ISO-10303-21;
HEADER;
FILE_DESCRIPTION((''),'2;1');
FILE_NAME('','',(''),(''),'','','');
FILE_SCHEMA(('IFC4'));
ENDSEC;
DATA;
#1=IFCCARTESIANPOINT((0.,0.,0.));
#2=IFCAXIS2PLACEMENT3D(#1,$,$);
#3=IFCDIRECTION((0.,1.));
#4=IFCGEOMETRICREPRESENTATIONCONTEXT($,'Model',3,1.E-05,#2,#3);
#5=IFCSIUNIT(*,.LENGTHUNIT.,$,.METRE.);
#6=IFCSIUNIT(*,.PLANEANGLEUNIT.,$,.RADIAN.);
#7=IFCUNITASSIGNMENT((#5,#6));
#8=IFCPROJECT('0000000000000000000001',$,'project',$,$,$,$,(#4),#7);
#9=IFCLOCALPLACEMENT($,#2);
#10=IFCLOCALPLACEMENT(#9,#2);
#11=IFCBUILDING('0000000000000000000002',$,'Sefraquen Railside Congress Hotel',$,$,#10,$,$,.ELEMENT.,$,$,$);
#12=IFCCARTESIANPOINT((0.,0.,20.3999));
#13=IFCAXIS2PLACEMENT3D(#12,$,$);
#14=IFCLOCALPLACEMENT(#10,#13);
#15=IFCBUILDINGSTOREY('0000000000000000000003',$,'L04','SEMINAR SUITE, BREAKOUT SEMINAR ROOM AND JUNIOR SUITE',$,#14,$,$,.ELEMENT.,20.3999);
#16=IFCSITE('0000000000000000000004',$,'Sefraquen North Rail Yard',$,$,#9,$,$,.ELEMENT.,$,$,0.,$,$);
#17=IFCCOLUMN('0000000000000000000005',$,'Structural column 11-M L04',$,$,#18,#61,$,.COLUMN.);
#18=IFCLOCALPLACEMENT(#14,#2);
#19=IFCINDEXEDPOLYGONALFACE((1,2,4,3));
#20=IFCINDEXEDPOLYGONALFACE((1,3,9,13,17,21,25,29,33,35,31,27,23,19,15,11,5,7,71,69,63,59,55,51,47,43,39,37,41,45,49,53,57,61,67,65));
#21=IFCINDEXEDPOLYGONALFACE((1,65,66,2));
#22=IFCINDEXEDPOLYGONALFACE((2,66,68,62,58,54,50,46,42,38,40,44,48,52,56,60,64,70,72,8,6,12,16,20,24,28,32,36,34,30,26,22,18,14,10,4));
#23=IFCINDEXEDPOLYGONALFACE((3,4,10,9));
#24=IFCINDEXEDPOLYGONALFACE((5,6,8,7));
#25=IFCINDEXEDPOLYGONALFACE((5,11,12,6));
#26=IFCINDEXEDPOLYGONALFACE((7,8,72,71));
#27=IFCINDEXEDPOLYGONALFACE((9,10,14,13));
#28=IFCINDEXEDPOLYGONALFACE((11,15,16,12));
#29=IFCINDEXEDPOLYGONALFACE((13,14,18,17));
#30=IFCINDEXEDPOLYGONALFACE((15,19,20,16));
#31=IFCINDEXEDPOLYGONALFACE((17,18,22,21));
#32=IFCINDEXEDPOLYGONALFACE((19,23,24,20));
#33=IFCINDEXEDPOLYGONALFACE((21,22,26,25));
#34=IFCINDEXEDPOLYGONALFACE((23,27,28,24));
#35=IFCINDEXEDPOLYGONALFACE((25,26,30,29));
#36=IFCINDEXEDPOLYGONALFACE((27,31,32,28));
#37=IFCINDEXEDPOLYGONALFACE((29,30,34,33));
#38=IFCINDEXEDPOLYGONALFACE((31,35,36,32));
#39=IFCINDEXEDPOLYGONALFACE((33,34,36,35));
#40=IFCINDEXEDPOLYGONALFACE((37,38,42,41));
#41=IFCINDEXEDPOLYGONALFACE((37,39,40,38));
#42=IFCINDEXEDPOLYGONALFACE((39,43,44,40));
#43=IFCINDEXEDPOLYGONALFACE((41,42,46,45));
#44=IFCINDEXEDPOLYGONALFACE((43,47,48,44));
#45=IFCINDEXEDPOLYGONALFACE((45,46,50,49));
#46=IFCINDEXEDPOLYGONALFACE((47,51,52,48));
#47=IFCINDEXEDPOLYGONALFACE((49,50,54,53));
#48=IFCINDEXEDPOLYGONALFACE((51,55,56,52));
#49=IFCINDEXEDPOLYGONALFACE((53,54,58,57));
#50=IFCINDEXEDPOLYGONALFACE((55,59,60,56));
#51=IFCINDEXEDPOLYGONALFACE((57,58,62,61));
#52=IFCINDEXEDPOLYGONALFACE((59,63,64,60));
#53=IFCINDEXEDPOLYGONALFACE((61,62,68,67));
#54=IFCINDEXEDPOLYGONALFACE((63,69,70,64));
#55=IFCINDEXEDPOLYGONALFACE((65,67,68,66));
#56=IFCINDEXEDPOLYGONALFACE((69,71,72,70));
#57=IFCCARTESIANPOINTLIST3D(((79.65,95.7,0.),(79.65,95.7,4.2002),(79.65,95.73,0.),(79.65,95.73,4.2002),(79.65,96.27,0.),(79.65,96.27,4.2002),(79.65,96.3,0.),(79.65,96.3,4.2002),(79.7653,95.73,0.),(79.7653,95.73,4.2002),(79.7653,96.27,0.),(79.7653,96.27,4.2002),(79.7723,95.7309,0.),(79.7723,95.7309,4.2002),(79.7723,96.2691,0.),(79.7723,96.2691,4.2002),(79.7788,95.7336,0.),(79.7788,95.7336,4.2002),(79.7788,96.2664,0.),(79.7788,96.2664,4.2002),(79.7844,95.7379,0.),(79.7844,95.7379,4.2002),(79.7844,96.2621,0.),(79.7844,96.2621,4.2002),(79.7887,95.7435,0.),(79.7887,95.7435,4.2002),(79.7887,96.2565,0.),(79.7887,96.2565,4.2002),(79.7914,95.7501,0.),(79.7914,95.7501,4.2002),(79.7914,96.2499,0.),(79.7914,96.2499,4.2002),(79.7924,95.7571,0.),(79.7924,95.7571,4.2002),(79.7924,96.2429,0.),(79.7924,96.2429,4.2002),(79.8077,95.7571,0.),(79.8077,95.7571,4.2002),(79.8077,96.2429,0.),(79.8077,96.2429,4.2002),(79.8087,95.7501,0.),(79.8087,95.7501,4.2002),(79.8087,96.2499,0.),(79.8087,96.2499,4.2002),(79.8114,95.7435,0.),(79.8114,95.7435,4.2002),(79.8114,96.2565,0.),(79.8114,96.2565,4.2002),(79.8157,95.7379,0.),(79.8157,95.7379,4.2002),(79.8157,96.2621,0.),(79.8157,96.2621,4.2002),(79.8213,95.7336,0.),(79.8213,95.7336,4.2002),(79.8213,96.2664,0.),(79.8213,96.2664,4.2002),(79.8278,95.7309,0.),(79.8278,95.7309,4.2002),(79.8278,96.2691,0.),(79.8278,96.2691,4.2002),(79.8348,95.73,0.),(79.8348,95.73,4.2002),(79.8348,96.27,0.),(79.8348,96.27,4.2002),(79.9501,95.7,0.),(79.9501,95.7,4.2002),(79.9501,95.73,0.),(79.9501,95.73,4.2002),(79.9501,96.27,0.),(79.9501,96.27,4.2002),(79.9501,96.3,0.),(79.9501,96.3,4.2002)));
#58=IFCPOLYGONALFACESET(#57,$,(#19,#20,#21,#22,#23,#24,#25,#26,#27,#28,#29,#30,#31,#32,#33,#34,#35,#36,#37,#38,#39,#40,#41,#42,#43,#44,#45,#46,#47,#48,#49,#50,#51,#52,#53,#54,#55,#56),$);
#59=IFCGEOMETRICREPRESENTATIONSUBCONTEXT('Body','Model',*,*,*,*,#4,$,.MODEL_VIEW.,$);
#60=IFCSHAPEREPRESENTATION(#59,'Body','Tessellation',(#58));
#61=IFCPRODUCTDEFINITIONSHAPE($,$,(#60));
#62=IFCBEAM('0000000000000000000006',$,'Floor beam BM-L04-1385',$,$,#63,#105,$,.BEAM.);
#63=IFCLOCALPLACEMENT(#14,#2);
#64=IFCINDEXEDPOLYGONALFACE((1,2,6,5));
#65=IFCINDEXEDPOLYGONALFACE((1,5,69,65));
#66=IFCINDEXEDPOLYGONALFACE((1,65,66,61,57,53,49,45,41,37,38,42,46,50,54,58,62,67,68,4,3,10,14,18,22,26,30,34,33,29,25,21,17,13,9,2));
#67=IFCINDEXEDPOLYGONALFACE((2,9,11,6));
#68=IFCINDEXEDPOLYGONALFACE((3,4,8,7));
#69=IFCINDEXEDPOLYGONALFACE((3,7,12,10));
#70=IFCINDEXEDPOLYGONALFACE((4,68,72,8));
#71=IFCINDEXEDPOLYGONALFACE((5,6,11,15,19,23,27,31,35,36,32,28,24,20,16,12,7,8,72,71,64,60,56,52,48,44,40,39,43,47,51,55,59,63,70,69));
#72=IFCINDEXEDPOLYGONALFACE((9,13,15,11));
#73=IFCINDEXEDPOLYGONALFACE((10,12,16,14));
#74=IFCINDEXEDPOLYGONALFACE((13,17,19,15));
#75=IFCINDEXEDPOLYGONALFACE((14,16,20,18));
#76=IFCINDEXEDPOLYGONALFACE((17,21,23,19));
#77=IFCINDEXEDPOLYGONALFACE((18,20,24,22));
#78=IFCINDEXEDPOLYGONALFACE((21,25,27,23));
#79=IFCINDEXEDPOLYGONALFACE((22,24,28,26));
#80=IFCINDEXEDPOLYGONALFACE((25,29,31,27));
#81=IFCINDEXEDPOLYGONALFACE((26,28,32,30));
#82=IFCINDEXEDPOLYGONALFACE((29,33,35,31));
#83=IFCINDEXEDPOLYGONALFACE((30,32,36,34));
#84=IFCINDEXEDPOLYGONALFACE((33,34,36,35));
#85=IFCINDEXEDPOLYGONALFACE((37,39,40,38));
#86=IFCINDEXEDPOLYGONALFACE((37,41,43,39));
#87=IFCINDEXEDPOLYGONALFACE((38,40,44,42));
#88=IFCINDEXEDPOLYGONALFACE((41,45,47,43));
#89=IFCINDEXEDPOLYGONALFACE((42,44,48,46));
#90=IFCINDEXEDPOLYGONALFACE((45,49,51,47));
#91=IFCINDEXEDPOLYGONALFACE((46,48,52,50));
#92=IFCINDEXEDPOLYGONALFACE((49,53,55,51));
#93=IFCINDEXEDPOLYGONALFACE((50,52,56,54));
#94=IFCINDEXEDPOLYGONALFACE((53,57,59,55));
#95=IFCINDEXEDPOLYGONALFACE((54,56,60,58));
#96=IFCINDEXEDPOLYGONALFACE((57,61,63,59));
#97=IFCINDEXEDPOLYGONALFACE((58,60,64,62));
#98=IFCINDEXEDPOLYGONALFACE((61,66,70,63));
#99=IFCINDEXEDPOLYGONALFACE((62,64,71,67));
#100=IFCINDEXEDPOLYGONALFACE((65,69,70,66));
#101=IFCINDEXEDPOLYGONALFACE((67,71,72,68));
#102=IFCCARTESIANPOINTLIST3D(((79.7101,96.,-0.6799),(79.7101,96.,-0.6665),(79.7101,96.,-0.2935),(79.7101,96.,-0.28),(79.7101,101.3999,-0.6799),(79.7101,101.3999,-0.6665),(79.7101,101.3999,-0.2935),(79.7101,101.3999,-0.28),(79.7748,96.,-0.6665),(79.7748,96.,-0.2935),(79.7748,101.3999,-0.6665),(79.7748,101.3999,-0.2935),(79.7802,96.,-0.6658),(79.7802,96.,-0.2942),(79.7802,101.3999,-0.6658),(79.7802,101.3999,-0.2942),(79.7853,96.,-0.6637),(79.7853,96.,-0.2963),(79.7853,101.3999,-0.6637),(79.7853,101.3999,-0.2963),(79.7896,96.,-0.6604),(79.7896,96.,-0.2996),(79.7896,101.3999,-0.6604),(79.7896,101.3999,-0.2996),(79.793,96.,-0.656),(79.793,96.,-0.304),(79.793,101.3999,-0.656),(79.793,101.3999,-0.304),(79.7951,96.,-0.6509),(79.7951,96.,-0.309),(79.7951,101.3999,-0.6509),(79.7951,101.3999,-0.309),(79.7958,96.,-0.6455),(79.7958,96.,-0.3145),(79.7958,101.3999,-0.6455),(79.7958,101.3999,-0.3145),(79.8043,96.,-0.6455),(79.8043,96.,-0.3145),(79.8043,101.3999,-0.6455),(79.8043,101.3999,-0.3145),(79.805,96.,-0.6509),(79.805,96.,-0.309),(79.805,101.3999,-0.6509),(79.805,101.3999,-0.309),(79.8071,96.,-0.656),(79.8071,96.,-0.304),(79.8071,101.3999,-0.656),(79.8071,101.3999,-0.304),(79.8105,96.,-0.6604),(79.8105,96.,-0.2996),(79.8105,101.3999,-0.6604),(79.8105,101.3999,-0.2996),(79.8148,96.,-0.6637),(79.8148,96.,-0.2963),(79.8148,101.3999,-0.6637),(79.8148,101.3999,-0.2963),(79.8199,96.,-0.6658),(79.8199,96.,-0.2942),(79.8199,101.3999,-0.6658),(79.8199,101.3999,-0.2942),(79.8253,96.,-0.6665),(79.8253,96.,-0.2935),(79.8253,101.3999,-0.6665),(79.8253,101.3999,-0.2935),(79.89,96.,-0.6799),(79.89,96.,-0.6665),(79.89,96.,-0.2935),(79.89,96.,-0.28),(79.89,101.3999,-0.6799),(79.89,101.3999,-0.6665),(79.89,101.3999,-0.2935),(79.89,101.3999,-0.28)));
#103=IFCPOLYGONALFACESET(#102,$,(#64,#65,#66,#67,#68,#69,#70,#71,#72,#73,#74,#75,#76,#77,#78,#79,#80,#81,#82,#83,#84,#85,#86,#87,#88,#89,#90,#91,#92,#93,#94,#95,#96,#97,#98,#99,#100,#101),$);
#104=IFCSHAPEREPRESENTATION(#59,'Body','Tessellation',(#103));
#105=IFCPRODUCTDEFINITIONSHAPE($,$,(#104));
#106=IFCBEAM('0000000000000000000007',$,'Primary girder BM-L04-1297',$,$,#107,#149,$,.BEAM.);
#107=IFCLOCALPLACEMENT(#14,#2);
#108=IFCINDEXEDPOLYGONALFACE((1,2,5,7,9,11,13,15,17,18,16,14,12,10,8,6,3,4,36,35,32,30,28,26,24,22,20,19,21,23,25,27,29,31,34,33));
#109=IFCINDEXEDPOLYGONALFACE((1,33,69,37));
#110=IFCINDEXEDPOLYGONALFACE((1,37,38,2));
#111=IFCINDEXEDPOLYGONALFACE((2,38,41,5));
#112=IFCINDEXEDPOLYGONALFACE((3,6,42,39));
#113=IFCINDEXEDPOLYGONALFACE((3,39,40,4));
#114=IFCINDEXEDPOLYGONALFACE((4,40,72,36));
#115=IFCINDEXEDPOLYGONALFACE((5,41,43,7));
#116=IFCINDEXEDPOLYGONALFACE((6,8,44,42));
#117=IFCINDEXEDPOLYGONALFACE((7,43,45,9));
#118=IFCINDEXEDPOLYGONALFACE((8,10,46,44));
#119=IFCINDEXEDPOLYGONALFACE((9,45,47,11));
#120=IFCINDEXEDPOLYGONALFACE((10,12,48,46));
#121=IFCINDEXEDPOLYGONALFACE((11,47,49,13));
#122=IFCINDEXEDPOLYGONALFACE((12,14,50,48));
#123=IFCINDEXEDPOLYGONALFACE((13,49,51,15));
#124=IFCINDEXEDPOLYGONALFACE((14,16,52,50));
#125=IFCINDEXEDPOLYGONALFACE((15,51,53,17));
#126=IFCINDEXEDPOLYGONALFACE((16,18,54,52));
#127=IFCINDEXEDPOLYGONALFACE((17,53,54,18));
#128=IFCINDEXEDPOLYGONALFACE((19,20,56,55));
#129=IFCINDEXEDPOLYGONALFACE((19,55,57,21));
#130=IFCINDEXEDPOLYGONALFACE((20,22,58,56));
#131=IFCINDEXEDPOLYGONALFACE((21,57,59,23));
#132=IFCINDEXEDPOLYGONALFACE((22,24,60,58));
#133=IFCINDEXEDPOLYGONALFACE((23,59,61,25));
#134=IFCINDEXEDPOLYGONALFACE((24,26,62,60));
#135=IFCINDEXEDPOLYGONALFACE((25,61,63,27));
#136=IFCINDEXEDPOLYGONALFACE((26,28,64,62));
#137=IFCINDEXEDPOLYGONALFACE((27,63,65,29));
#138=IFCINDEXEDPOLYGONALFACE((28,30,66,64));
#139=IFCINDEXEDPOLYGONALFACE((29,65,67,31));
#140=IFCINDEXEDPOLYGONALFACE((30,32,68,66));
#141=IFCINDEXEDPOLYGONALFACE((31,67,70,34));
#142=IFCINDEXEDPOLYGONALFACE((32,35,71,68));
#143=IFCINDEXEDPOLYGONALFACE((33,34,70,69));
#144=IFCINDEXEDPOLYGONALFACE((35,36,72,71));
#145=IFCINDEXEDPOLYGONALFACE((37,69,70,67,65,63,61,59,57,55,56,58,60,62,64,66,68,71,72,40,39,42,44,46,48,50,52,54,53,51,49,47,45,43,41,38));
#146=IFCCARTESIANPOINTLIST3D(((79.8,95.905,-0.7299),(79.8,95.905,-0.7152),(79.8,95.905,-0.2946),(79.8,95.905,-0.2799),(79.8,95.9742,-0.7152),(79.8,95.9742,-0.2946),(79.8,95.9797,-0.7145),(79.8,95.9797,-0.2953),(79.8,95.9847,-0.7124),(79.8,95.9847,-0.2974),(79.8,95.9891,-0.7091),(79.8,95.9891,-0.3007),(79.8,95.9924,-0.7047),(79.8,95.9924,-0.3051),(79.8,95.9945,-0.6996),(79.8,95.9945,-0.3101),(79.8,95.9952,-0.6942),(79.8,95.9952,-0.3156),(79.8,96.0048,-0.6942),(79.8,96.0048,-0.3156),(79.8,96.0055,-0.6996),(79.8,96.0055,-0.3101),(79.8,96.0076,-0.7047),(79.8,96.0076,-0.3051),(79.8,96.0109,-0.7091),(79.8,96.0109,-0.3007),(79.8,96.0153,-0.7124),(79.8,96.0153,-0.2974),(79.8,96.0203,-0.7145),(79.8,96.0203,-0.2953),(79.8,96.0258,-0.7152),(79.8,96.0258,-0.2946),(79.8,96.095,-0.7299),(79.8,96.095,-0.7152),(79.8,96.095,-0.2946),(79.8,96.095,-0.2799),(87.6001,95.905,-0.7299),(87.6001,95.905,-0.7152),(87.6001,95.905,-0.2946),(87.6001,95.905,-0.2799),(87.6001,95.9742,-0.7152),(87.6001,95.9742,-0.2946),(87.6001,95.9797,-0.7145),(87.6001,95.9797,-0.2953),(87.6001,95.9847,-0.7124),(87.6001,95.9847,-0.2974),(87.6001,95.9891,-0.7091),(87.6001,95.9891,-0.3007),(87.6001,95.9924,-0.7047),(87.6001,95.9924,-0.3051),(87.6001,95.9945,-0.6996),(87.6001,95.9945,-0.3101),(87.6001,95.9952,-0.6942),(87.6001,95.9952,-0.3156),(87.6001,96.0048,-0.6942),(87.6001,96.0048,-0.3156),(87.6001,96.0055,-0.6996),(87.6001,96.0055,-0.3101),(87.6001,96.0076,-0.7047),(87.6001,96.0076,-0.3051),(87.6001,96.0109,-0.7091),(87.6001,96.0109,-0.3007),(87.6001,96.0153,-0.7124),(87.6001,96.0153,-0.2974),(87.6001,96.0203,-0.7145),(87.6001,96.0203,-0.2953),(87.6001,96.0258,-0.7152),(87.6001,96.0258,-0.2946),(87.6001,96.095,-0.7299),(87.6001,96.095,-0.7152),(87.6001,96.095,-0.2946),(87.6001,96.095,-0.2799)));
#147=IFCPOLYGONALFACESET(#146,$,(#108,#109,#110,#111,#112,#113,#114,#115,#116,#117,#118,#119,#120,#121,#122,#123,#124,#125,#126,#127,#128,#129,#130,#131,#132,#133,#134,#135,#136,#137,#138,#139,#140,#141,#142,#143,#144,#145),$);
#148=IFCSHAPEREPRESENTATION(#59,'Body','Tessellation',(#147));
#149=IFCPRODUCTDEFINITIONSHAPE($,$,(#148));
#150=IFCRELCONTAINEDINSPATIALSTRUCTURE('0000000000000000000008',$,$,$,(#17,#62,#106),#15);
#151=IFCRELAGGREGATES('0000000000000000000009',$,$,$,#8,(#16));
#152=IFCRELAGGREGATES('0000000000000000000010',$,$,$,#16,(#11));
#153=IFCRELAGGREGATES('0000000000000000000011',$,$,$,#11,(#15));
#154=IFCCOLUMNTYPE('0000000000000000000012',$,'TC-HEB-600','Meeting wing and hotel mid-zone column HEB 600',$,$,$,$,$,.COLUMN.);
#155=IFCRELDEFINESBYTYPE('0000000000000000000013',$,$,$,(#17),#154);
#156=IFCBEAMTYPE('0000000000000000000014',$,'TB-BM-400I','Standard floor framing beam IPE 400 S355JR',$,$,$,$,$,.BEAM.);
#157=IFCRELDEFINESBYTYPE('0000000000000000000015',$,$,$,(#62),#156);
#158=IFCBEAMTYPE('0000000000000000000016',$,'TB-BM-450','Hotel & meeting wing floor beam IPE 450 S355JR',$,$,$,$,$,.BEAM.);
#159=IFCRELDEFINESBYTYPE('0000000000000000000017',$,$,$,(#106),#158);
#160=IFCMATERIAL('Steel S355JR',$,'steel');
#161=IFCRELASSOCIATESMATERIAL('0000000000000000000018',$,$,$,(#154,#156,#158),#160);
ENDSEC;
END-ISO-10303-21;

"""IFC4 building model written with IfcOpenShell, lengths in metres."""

from ifc_helpers import new_model, si_unit, direction, frame, origin, origin_2d, place, context, subcontext, project, spatial, i_section, extrude, material, material_profile, profile_set, type_object, element, save


model = new_model("IFC4")

# Units and contexts
model_context = context("Model", 3, precision=1e-05, world=origin(), true_north=direction((0.0, 1.0)))
body_context = subcontext(model_context, "Body", "Model", "MODEL_VIEW")
ifc_project = project(units=[si_unit("LENGTHUNIT", "METRE"), si_unit("PLANEANGLEUNIT", "RADIAN")], contexts=[model_context])

# Site, building, storey
site_placement = place(None, origin())
site = spatial("IfcSite", under=ifc_project, at=site_placement, Name="Sefraquen North Rail Yard", CompositionType="ELEMENT", RefElevation=0.0)
building_placement = place(site_placement, origin())
building = spatial("IfcBuilding", under=site, at=building_placement, Name="Sefraquen Railside Congress Hotel", CompositionType="ELEMENT")
storey_placement = place(building_placement, frame((0.0, 0.0, 20.3999)))
storey = spatial("IfcBuildingStorey", under=building, at=storey_placement, Name="L04", Description="SEMINAR SUITE, BREAKOUT SEMINAR ROOM AND JUNIOR SUITE", CompositionType="ELEMENT", Elevation=20.3999)

# Column
ifc_material_1 = material(Name="Steel S355JR", Category="steel")
ifc_material_profile_1 = material_profile(ifc_material_1, i_section(OverallWidth=0.3, OverallDepth=0.6001, WebThickness=0.0154, FlangeThickness=0.03, FilletRadius=0.0271, at=origin_2d()), Name="HEB 600")
ifc_profile_set_1 = profile_set([ifc_material_profile_1], Name="Steel S355JR")
column_type = type_object("IfcColumnType", Name="TC-HEB-600", Description="Meeting wing and hotel mid-zone column HEB 600", PredefinedType="COLUMN", material=ifc_profile_set_1)
column_placement = place(storey_placement, frame((79.8, 96.0, 0.0), z_axis=(0.0, 0.0, 1.0), x_axis=(1.0, 0.0, 0.0)))
element("IfcColumn", 1, at=column_placement, inside=storey, type_object=column_type, Name="Structural column 11-M L04", PredefinedType="COLUMN", context=body_context, shape_type="SweptSolid", body=[
    extrude(i_section(OverallWidth=0.3, OverallDepth=0.6001, WebThickness=0.0154, FlangeThickness=0.03, FilletRadius=0.0271, at=origin_2d()), origin(), (0.0, 0.0, 1.0), 4.2002),
])

# Beams
ifc_material_profile_2 = material_profile(ifc_material_1, i_section(OverallWidth=0.1799, OverallDepth=0.3999, WebThickness=0.0085, FlangeThickness=0.0134, FilletRadius=0.021, at=origin_2d()), Name="IPE 400")
ifc_profile_set_2 = profile_set([ifc_material_profile_2], Name="Steel S355JR")
beam_type_1 = type_object("IfcBeamType", Name="TB-BM-400I", Description="Standard floor framing beam IPE 400 S355JR", PredefinedType="BEAM", material=ifc_profile_set_2)
beam_1_placement = place(storey_placement, frame((79.8, 96.0, -0.48), z_axis=(0.0, 1.0, 0.0), x_axis=(-1.0, 0.0, 0.0)))
element("IfcBeam", 2, at=beam_1_placement, inside=storey, type_object=beam_type_1, Name="Floor beam BM-L04-1385", PredefinedType="BEAM", context=body_context, shape_type="SweptSolid", body=[
    extrude(i_section(OverallWidth=0.1799, OverallDepth=0.3999, WebThickness=0.0085, FlangeThickness=0.0134, FilletRadius=0.021, at=origin_2d()), origin(), (0.0, 0.0, 1.0), 5.3999),
])
ifc_material_profile_3 = material_profile(ifc_material_1, i_section(OverallWidth=0.1899, OverallDepth=0.45, WebThickness=0.0095, FlangeThickness=0.0146, FilletRadius=0.021, at=origin_2d()), Name="IPE 450")
ifc_profile_set_3 = profile_set([ifc_material_profile_3], Name="Steel S355JR")
beam_type_2 = type_object("IfcBeamType", Name="TB-BM-450", Description="Hotel & meeting wing floor beam IPE 450 S355JR", PredefinedType="BEAM", material=ifc_profile_set_3)
beam_2_placement = place(storey_placement, frame((79.8, 96.0, -0.5049), z_axis=(1.0, 0.0, 0.0), x_axis=(0.0, 1.0, 0.0)))
element("IfcBeam", 3, at=beam_2_placement, inside=storey, type_object=beam_type_2, Name="Primary girder BM-L04-1297", PredefinedType="BEAM", context=body_context, shape_type="SweptSolid", body=[
    extrude(i_section(OverallWidth=0.1899, OverallDepth=0.45, WebThickness=0.0095, FlangeThickness=0.0146, FilletRadius=0.021, at=origin_2d()), origin(), (0.0, 0.0, 1.0), 7.8),
])

save(model, "model.ifc")
